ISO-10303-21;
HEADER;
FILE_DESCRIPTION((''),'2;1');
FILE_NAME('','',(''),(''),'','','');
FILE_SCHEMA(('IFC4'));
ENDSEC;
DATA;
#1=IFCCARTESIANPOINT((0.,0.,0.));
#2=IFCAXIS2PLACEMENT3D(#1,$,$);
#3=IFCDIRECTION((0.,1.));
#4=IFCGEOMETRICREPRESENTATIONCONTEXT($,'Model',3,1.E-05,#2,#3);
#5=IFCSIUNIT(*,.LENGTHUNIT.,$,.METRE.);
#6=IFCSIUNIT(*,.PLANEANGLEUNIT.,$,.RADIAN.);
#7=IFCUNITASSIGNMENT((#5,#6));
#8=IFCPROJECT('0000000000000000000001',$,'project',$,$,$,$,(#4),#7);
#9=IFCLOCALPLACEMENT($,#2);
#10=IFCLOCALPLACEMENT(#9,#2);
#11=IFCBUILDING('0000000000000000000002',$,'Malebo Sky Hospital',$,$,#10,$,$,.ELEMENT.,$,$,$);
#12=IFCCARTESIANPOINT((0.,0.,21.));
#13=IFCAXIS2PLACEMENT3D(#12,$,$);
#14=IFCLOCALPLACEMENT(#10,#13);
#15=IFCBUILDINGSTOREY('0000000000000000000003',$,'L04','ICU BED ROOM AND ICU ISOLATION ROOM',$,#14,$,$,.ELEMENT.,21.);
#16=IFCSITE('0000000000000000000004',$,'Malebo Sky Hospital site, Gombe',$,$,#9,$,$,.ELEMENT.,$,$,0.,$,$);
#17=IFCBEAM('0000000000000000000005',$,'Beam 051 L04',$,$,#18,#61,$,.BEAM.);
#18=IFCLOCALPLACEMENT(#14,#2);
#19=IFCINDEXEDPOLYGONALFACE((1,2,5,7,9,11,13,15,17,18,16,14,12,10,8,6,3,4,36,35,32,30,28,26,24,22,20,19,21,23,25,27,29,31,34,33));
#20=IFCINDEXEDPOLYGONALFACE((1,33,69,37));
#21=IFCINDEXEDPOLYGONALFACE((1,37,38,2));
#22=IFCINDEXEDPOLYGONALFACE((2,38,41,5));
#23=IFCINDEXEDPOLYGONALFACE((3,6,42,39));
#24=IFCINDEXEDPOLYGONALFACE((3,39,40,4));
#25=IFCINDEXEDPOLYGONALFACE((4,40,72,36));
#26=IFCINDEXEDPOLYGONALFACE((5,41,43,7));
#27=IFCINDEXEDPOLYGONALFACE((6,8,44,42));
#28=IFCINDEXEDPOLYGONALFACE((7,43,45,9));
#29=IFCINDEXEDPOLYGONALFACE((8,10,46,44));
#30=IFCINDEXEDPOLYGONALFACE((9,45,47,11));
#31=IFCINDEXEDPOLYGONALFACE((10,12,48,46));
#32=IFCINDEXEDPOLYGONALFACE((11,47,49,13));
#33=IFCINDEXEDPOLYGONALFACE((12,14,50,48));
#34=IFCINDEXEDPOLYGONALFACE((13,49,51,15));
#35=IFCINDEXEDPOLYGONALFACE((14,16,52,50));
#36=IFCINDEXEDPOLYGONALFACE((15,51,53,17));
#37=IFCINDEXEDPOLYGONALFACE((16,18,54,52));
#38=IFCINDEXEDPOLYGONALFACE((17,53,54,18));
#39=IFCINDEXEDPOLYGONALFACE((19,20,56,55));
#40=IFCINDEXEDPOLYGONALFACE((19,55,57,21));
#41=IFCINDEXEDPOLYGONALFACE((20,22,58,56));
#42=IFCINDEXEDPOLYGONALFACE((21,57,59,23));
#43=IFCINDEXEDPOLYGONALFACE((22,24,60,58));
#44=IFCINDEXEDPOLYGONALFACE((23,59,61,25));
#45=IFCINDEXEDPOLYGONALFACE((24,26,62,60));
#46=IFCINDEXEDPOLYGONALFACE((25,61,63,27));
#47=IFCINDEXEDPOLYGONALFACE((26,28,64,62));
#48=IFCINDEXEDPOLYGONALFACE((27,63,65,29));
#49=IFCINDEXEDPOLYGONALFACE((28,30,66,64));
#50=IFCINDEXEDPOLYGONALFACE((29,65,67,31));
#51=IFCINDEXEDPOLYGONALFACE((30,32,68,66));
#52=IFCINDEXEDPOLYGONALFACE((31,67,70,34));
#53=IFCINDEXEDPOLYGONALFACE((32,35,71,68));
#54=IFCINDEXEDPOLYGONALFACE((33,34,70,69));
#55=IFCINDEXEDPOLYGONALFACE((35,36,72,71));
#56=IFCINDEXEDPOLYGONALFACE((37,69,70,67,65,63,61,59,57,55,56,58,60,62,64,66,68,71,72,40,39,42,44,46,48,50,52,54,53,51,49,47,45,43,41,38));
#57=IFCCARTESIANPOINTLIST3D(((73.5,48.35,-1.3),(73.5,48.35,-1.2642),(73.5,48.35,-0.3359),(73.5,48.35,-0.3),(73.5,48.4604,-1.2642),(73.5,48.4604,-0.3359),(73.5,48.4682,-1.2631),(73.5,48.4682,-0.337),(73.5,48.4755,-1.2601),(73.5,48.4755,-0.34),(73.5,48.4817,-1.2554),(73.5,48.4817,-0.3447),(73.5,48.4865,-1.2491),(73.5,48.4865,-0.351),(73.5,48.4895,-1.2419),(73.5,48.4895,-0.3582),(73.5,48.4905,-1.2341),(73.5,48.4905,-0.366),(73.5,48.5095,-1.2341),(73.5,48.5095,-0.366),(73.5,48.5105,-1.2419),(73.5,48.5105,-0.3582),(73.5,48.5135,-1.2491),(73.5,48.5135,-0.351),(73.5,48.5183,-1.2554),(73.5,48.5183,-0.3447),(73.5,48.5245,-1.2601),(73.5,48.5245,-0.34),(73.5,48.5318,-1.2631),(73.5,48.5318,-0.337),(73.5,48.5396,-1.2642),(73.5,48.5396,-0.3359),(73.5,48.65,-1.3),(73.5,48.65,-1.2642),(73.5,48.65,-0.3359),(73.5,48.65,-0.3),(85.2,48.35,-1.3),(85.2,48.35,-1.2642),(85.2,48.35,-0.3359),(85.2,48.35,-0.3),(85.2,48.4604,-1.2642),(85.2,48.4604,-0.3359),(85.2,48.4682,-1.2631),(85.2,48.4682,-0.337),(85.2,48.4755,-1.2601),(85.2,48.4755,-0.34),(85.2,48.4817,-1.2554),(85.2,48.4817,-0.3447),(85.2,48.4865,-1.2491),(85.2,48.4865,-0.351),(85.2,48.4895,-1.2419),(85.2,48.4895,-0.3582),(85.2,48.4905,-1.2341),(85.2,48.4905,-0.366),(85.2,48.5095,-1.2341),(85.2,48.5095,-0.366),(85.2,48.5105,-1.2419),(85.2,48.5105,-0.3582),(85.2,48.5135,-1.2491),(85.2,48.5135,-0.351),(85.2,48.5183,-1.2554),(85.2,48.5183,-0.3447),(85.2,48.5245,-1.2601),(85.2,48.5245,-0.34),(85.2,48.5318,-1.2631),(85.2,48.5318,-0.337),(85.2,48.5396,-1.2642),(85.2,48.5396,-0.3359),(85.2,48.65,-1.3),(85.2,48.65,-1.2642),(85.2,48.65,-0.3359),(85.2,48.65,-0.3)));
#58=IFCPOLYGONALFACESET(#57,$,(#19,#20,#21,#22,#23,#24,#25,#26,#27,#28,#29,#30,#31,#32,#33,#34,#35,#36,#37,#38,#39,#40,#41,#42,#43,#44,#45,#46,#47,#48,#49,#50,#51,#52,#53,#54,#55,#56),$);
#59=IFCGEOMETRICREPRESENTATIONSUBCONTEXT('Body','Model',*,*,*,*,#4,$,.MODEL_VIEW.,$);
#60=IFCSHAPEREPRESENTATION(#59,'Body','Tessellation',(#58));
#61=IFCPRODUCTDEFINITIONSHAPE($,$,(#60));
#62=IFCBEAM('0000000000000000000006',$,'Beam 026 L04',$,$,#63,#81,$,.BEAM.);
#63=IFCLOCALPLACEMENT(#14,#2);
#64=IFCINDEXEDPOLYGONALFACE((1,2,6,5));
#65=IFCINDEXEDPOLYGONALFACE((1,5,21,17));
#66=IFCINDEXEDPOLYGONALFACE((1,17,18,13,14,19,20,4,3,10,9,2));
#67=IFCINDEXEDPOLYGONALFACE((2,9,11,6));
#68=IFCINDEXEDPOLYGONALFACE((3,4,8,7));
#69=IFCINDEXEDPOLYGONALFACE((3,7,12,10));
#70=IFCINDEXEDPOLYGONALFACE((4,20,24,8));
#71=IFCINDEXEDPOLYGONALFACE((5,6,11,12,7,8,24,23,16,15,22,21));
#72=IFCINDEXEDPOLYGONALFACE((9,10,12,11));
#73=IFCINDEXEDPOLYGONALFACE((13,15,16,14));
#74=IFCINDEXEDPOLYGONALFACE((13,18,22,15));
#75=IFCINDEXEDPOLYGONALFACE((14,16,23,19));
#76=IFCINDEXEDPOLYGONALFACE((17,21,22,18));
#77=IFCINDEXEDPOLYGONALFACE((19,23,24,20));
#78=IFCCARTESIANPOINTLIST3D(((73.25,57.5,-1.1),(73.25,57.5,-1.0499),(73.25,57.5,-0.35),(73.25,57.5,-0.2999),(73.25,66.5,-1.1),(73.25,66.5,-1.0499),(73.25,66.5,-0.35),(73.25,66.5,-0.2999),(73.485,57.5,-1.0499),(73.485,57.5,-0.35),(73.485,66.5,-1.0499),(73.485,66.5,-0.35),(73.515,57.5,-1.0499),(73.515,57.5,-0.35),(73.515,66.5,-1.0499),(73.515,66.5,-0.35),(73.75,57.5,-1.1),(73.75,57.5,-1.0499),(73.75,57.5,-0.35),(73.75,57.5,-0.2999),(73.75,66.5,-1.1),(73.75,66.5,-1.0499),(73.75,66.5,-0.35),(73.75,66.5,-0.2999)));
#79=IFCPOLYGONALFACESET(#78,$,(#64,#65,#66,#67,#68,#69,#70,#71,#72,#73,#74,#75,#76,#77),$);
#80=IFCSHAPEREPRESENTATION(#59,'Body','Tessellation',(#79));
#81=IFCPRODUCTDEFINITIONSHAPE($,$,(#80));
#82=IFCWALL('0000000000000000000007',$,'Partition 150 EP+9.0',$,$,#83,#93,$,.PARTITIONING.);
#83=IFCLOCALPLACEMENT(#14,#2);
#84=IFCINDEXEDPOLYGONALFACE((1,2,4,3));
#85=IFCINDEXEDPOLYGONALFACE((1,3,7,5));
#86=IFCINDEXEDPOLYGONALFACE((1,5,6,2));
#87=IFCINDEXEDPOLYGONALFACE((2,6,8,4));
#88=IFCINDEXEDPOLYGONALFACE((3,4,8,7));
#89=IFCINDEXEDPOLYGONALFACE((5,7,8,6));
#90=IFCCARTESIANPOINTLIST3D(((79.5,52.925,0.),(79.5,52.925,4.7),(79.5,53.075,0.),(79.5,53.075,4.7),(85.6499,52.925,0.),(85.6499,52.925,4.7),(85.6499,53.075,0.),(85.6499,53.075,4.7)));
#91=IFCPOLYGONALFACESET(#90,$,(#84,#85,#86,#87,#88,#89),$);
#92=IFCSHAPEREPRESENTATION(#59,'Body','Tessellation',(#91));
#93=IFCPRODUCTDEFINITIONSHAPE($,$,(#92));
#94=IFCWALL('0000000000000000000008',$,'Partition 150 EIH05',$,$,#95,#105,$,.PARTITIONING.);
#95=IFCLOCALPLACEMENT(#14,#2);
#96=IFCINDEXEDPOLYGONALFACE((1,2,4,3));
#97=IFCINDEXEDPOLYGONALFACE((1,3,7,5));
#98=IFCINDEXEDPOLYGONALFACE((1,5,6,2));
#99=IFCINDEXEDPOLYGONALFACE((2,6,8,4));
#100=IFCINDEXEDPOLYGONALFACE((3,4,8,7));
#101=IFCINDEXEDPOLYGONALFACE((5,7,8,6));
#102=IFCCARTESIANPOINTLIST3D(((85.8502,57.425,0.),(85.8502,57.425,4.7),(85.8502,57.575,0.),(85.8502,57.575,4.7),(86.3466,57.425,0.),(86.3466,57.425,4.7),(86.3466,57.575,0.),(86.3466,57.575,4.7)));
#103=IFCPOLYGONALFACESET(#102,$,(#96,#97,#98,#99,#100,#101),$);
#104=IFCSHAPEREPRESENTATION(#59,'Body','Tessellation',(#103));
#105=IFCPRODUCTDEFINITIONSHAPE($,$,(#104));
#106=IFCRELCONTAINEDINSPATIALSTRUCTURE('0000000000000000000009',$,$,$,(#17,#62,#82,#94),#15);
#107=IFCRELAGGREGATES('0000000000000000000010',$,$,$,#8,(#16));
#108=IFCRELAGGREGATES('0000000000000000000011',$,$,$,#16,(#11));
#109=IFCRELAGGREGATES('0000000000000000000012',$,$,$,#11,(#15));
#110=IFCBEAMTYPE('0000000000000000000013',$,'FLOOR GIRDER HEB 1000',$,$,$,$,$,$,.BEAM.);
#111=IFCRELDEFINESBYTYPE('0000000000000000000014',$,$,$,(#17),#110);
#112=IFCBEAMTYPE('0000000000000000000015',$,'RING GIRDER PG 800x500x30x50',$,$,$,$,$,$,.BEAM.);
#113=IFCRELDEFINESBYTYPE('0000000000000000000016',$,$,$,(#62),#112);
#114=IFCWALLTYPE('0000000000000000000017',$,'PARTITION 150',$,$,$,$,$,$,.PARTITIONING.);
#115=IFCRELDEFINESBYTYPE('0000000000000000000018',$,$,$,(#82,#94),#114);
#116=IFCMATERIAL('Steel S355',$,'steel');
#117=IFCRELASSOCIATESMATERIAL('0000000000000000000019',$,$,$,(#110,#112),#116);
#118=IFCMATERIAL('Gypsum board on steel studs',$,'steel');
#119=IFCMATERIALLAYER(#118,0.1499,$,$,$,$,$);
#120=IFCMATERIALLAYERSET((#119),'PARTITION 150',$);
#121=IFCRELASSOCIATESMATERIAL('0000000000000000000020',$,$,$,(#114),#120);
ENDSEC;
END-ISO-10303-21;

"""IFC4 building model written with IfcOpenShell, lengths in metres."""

from ifc_helpers import new_model, si_unit, direction, frame, frame_2d, origin, origin_2d, place, context, subcontext, project, spatial, rectangle, i_section, extrude, material, layer, layer_set, material_profile, profile_set, type_object, element, save


model = new_model("IFC4")

# Units and contexts
model_context = context("Model", 3, precision=1e-05, world=origin(), true_north=direction((0.0, 1.0)))
body_context = subcontext(model_context, "Body", "Model", "MODEL_VIEW")
ifc_project = project(units=[si_unit("LENGTHUNIT", "METRE"), si_unit("PLANEANGLEUNIT", "RADIAN")], contexts=[model_context])

# Site, building, storey
site_placement = place(None, origin())
site = spatial("IfcSite", under=ifc_project, at=site_placement, Name="Malebo Sky Hospital site, Gombe", CompositionType="ELEMENT", RefElevation=0.0)
building_placement = place(site_placement, origin())
building = spatial("IfcBuilding", under=site, at=building_placement, Name="Malebo Sky Hospital", CompositionType="ELEMENT")
storey_placement = place(building_placement, frame((0.0, 0.0, 21.0)))
storey = spatial("IfcBuildingStorey", under=building, at=storey_placement, Name="L04", Description="ICU BED ROOM AND ICU ISOLATION ROOM", CompositionType="ELEMENT", Elevation=21.0)

# Beams
ifc_material_1 = material(Name="Steel S355", Category="steel")
ifc_material_profile_1 = material_profile(ifc_material_1, i_section(OverallWidth=0.3, OverallDepth=1.0, WebThickness=0.019, FlangeThickness=0.0359, FilletRadius=0.03, at=origin_2d()), Name="HEB 1000")
ifc_profile_set_1 = profile_set([ifc_material_profile_1], Name="Steel S355")
beam_type_1 = type_object("IfcBeamType", Name="FLOOR GIRDER HEB 1000", PredefinedType="BEAM", material=ifc_profile_set_1)
beam_1_placement = place(storey_placement, frame((73.5, 48.5, -0.8), z_axis=(1.0, 0.0, 0.0), x_axis=(0.0, 1.0, 0.0)))
element("IfcBeam", 1, at=beam_1_placement, inside=storey, type_object=beam_type_1, Name="Beam 051 L04", PredefinedType="BEAM", context=body_context, shape_type="SweptSolid", body=[
    extrude(i_section(OverallWidth=0.3, OverallDepth=1.0, WebThickness=0.019, FlangeThickness=0.0359, FilletRadius=0.03, at=origin_2d()), origin(), (0.0, 0.0, 1.0), 11.7),
])
ifc_material_profile_2 = material_profile(ifc_material_1, i_section(OverallWidth=0.5, OverallDepth=0.8, WebThickness=0.03, FlangeThickness=0.05, at=origin_2d()), Name="PG 800x500x30x50")
ifc_profile_set_2 = profile_set([ifc_material_profile_2], Name="Steel S355")
beam_type_2 = type_object("IfcBeamType", Name="RING GIRDER PG 800x500x30x50", PredefinedType="BEAM", material=ifc_profile_set_2)
beam_2_placement = place(storey_placement, frame((73.5, 57.5, -0.7), z_axis=(0.0, 1.0, 0.0), x_axis=(-1.0, 0.0, 0.0)))
element("IfcBeam", 2, at=beam_2_placement, inside=storey, type_object=beam_type_2, Name="Beam 026 L04", PredefinedType="BEAM", context=body_context, shape_type="SweptSolid", body=[
    extrude(i_section(OverallWidth=0.5, OverallDepth=0.8, WebThickness=0.03, FlangeThickness=0.05, at=origin_2d()), origin(), (0.0, 0.0, 1.0), 9.0),
])

# Walls
ifc_material_2 = material(Name="Gypsum board on steel studs", Category="steel")
ifc_layer = layer(ifc_material_2, 0.1499)
ifc_layer_set = layer_set([ifc_layer], Name="PARTITION 150")
wall_type = type_object("IfcWallType", Name="PARTITION 150", PredefinedType="PARTITIONING", material=ifc_layer_set)
wall_1_placement = place(storey_placement, frame((79.5, 53.0, 0.0), z_axis=(0.0, 0.0, 1.0), x_axis=(1.0, 0.0, 0.0)))
element("IfcWall", 3, at=wall_1_placement, inside=storey, type_object=wall_type, Name="Partition 150 EP+9.0", PredefinedType="PARTITIONING", context=body_context, shape_type="SweptSolid", body=[
    extrude(rectangle(XDim=6.1499, YDim=0.1499, at=frame_2d((3.075, 0.0))), origin(), (0.0, 0.0, 1.0), 4.7),
])
wall_2_placement = place(storey_placement, frame((86.3464, 57.5, 0.0), z_axis=(0.0, 0.0, 1.0), x_axis=(-1.0, 0.0, 0.0)))
element("IfcWall", 4, at=wall_2_placement, inside=storey, type_object=wall_type, Name="Partition 150 EIH05", PredefinedType="PARTITIONING", context=body_context, shape_type="SweptSolid", body=[
    extrude(rectangle(XDim=0.4963, YDim=0.1499, at=frame_2d((0.248, 0.0))), origin(), (0.0, 0.0, 1.0), 4.7),
])

save(model, "model.ifc")
